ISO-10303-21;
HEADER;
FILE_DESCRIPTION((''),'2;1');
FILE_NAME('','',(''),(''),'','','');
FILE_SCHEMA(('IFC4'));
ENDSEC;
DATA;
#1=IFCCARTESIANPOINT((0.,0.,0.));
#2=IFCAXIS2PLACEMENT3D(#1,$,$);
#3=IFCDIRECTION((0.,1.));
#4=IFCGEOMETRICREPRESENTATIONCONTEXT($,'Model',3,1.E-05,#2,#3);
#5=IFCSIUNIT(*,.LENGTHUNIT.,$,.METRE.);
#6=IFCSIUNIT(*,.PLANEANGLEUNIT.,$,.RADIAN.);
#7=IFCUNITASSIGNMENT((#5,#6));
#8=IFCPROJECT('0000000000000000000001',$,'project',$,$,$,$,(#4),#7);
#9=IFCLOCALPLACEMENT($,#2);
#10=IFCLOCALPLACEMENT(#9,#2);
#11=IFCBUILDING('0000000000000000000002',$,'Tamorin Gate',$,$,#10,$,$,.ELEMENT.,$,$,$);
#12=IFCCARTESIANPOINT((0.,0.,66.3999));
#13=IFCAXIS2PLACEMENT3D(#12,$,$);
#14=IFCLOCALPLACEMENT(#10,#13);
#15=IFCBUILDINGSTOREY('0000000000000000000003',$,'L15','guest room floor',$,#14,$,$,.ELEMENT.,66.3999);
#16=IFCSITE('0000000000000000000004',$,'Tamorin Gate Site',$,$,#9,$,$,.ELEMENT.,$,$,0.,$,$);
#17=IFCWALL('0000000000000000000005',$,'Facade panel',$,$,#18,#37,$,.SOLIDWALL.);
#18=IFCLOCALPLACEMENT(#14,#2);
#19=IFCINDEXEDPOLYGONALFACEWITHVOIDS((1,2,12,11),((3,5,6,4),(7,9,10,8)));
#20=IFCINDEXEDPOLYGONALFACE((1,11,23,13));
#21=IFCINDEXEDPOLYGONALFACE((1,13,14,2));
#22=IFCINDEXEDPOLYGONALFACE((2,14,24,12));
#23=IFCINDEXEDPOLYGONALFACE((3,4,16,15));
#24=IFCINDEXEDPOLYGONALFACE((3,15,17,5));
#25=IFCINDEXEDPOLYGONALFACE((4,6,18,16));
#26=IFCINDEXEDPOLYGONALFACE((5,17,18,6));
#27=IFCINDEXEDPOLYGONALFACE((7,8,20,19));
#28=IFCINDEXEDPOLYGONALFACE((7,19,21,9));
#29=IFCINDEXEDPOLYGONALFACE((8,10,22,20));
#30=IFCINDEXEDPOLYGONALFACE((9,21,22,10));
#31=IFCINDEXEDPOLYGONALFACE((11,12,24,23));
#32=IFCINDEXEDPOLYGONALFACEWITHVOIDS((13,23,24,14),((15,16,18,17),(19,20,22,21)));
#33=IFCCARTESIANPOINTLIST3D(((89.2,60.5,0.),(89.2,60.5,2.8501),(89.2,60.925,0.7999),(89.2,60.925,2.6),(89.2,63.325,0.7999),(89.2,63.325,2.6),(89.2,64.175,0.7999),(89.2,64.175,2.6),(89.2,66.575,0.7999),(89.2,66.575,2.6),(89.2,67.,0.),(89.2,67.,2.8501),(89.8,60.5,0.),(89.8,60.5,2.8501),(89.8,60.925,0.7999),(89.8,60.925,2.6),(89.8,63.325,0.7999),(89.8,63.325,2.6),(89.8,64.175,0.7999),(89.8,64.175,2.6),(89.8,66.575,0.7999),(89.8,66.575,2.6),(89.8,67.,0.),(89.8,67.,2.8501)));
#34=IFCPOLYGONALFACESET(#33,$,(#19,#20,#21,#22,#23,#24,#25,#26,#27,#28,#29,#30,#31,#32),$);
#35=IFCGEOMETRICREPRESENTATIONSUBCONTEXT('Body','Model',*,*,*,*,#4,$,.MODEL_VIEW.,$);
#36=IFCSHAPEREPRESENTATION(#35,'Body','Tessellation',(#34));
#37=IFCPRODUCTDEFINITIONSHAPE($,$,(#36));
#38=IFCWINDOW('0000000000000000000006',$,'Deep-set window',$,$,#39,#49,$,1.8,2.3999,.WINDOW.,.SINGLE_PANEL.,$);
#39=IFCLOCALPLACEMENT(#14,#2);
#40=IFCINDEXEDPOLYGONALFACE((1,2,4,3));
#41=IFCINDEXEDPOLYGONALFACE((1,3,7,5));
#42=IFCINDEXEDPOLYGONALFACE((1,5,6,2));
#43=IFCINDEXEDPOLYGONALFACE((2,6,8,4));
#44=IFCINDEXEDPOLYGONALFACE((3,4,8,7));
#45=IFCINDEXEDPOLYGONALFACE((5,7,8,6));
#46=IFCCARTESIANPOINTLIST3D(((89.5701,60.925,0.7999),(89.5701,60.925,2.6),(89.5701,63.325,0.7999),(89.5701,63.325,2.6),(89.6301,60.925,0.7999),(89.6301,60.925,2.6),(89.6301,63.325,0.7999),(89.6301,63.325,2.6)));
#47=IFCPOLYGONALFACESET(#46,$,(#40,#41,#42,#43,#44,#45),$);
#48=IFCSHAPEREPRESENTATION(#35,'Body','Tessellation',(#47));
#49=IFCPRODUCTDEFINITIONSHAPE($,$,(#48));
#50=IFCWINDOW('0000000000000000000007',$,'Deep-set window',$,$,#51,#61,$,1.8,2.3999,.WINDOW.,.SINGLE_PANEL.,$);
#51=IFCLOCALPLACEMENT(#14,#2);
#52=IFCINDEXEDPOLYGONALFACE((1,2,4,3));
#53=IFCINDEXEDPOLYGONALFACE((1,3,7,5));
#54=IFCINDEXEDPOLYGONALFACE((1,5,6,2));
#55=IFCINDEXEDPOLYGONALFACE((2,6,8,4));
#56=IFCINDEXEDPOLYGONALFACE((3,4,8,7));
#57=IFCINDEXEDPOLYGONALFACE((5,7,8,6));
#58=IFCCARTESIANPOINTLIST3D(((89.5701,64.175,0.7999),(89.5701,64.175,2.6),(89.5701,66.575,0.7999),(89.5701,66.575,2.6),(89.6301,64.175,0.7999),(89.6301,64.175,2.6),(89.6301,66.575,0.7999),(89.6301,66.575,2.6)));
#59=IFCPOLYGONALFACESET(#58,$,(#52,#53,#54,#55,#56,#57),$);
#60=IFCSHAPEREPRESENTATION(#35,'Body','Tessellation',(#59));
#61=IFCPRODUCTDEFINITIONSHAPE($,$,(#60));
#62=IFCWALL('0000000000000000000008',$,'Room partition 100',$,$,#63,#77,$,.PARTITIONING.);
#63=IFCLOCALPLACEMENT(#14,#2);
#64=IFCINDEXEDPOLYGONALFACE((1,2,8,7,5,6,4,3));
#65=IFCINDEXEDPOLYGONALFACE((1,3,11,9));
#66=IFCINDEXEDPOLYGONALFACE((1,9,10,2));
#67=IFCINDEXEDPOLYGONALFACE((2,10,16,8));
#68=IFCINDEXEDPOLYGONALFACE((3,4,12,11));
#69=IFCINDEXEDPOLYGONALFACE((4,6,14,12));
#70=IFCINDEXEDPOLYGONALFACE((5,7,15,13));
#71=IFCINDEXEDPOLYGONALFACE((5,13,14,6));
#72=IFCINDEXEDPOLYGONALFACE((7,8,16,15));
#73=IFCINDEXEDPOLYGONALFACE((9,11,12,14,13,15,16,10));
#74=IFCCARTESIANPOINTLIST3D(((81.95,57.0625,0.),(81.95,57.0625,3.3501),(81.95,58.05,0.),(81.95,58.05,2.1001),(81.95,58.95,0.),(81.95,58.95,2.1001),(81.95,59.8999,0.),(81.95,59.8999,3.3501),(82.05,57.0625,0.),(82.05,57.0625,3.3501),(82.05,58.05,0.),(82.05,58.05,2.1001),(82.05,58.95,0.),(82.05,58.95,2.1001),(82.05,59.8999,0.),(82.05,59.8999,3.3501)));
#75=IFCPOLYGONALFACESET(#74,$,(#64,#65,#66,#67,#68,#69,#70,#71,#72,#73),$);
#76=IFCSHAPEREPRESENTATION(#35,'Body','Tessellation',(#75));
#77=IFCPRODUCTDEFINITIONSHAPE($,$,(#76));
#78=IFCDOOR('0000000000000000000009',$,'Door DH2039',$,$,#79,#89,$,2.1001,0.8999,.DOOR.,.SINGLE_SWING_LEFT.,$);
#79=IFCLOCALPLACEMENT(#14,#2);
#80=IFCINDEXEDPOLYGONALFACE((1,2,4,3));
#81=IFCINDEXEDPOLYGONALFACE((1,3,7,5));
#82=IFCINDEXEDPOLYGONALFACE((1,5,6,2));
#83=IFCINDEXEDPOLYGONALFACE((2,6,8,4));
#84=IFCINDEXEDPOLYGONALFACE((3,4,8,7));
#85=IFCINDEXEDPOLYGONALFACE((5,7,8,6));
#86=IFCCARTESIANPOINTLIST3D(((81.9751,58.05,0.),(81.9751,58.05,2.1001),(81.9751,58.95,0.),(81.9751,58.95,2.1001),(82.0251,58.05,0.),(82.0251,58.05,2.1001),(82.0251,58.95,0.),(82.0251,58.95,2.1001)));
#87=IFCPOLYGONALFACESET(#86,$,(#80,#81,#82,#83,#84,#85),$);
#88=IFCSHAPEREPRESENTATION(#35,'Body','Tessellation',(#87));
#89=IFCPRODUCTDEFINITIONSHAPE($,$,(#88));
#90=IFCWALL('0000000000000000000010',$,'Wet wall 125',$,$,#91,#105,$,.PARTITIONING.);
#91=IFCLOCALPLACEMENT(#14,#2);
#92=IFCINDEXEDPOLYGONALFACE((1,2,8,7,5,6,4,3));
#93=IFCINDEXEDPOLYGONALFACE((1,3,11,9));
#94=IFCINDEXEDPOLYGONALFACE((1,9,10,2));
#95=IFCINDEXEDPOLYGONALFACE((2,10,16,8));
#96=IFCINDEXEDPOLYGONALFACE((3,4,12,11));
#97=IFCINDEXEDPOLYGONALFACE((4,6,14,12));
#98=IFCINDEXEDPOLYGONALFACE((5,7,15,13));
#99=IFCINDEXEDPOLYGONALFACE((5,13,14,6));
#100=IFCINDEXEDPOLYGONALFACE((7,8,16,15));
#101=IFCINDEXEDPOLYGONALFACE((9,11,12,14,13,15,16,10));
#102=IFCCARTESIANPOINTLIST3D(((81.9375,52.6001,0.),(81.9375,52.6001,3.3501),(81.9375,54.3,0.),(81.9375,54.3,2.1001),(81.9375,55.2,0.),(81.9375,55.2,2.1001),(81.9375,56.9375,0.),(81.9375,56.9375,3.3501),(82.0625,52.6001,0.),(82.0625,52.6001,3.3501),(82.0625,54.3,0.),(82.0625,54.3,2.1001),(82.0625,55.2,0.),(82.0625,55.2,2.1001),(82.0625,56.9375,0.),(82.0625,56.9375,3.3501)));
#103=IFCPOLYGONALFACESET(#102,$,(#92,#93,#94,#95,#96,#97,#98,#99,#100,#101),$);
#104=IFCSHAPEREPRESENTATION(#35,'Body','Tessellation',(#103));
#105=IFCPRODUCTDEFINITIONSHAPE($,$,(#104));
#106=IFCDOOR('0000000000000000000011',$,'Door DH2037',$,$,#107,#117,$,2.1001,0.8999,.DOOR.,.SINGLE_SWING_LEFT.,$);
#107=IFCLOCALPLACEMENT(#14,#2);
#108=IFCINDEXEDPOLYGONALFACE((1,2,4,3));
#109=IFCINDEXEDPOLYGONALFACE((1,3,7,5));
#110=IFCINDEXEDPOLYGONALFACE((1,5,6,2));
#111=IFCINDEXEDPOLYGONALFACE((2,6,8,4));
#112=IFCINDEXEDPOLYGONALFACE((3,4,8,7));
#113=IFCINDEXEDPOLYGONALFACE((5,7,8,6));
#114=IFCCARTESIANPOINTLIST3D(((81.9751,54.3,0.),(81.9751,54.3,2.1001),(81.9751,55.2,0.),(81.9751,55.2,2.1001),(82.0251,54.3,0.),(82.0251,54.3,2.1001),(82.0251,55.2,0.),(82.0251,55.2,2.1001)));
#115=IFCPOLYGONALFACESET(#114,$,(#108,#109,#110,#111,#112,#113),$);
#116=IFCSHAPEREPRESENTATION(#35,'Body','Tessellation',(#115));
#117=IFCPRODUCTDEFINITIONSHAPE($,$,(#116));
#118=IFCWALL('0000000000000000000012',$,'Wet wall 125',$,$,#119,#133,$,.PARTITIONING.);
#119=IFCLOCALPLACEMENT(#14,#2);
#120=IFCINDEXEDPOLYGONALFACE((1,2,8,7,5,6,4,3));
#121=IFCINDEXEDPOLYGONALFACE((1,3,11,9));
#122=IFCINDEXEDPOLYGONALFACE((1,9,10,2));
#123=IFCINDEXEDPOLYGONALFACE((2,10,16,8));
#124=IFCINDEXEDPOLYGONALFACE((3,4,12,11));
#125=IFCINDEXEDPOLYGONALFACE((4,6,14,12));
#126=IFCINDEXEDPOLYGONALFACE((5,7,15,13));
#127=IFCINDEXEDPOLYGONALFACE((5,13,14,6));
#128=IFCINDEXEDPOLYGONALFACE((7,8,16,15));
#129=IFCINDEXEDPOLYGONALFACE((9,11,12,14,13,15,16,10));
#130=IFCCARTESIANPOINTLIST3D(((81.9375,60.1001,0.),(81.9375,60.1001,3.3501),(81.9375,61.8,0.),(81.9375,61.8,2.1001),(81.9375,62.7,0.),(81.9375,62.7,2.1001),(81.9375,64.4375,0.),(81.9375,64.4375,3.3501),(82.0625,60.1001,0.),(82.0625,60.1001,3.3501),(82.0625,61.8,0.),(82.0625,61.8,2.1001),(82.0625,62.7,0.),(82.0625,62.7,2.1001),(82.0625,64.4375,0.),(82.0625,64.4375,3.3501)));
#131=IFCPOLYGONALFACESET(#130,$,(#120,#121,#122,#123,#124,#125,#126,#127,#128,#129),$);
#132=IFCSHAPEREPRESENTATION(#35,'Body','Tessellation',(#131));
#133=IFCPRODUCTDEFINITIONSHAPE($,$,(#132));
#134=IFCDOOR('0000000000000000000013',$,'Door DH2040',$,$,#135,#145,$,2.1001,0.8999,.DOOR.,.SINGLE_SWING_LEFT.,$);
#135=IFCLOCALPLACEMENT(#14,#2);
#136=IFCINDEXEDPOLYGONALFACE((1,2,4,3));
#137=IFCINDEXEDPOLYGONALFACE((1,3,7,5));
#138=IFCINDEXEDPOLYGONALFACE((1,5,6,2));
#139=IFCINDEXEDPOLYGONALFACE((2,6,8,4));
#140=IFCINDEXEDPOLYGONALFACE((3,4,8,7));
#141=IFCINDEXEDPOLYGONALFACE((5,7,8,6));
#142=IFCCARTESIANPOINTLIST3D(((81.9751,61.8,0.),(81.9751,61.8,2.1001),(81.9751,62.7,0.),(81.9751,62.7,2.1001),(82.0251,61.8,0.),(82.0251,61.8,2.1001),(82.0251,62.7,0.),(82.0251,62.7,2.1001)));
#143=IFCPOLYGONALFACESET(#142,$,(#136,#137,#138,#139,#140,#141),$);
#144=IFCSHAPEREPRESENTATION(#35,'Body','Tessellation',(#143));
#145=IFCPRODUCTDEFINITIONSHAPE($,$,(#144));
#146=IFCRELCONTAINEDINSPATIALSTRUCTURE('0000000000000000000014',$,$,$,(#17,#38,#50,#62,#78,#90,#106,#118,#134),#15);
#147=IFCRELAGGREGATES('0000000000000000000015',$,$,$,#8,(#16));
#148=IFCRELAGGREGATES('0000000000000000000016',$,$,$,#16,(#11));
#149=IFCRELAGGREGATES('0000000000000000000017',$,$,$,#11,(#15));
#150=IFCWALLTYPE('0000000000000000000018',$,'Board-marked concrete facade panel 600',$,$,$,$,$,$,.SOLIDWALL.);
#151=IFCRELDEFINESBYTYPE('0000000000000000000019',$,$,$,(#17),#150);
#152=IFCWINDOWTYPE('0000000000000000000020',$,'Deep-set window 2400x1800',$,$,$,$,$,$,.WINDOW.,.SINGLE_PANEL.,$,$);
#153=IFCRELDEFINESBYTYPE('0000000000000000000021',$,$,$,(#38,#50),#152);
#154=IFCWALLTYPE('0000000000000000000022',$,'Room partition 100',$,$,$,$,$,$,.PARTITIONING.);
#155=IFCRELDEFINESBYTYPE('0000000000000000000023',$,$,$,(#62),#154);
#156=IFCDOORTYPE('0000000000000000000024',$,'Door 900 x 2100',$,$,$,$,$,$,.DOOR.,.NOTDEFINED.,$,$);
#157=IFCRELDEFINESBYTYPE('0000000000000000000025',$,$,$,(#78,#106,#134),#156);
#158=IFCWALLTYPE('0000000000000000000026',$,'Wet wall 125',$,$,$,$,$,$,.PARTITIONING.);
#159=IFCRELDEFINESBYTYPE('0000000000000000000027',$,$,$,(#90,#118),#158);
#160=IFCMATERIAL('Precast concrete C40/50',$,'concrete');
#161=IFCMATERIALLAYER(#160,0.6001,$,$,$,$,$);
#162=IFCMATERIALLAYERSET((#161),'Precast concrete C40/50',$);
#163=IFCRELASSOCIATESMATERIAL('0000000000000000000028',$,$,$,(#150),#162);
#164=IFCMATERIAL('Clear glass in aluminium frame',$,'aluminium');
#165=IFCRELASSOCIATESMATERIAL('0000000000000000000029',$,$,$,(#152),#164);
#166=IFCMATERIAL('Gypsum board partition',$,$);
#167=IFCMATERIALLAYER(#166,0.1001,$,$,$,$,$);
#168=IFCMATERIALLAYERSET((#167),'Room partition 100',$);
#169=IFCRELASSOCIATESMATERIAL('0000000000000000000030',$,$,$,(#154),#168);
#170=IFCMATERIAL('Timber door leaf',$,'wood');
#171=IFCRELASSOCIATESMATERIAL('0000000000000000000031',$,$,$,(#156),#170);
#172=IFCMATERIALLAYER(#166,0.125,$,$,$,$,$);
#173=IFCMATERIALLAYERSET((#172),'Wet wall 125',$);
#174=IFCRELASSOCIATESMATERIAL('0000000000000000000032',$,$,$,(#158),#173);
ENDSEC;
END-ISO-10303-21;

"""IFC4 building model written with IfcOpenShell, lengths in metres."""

from ifc_helpers import new_model, si_unit, direction, frame, frame_2d, origin, place, context, subcontext, project, spatial, rectangle, extrude, material, layer, layer_set, type_object, element, fill, save


model = new_model("IFC4")

# Units and contexts
model_context = context("Model", 3, precision=1e-05, world=origin(), true_north=direction((0.0, 1.0)))
body_context = subcontext(model_context, "Body", "Model", "MODEL_VIEW")
ifc_project = project(units=[si_unit("LENGTHUNIT", "METRE"), si_unit("PLANEANGLEUNIT", "RADIAN")], contexts=[model_context])

# Site, building, storey
site_placement = place(None, origin())
site = spatial("IfcSite", under=ifc_project, at=site_placement, Name="Tamorin Gate Site", CompositionType="ELEMENT", RefElevation=0.0)
building_placement = place(site_placement, origin())
building = spatial("IfcBuilding", under=site, at=building_placement, Name="Tamorin Gate", CompositionType="ELEMENT")
storey_placement = place(building_placement, frame((0.0, 0.0, 66.3999)))
storey = spatial("IfcBuildingStorey", under=building, at=storey_placement, Name="L15", Description="guest room floor", CompositionType="ELEMENT", Elevation=66.3999)

# Wall, openings, windows
ifc_material_1 = material(Name="Precast concrete C40/50", Category="concrete")
ifc_layer_1 = layer(ifc_material_1, 0.6001)
ifc_layer_set_1 = layer_set([ifc_layer_1], Name="Precast concrete C40/50")
wall_type_1 = type_object("IfcWallType", Name="Board-marked concrete facade panel 600", PredefinedType="SOLIDWALL", material=ifc_layer_set_1)
ifc_material_2 = material(Name="Clear glass in aluminium frame", Category="aluminium")
window_type = type_object("IfcWindowType", Name="Deep-set window 2400x1800", PartitioningType="SINGLE_PANEL", PredefinedType="WINDOW", material=ifc_material_2)
wall_1_placement = place(storey_placement, frame((89.5, 60.5, 0.0), z_axis=(0.0, 0.0, 1.0), x_axis=(0.0, 1.0, 0.0)))
wall_1 = element("IfcWall", 1, at=wall_1_placement, inside=storey, type_object=wall_type_1, Name="Facade panel", PredefinedType="SOLIDWALL", context=body_context, shape_type="SweptSolid", body=[
    extrude(rectangle(XDim=6.5, YDim=0.6001, at=frame_2d((3.25, 0.0))), origin(), (0.0, 0.0, 1.0), 2.8501),
])
opening_1_placement = place(wall_1_placement, frame((0.425, 0.0, 0.8)))
opening_1 = element("IfcOpeningElement", 2, at=opening_1_placement, cuts=wall_1, PredefinedType="OPENING", context=body_context, shape_type="SweptSolid", body=[
    extrude(rectangle(XDim=2.3999, YDim=1.8, at=frame_2d((1.2, 0.8999))), frame((0.0, 0.3101, 0.0), z_axis=(0.0, -1.0, 0.0), x_axis=(1.0, 0.0, 0.0)), (0.0, 0.0, 1.0), 0.6201),
])
opening_2_placement = place(wall_1_placement, frame((3.675, 0.0, 0.8)))
opening_2 = element("IfcOpeningElement", 3, at=opening_2_placement, cuts=wall_1, PredefinedType="OPENING", context=body_context, shape_type="SweptSolid", body=[
    extrude(rectangle(XDim=2.3999, YDim=1.8, at=frame_2d((1.2, 0.8999))), frame((0.0, 0.3101, 0.0), z_axis=(0.0, -1.0, 0.0), x_axis=(1.0, 0.0, 0.0)), (0.0, 0.0, 1.0), 0.6201),
])
window_1_placement = place(opening_1_placement, origin())
window_1 = element("IfcWindow", 4, at=window_1_placement, inside=storey, type_object=window_type, Name="Deep-set window", OverallHeight=1.8, OverallWidth=2.3999, PartitioningType="SINGLE_PANEL", PredefinedType="WINDOW", context=body_context, shape_type="SweptSolid", body=[
    extrude(rectangle(XDim=2.3999, YDim=1.8, at=frame_2d((1.2, 0.8999))), frame((0.0, -0.0701, 0.0), z_axis=(0.0, -1.0, 0.0), x_axis=(1.0, 0.0, 0.0)), (0.0, 0.0, 1.0), 0.0601),
])
fill(opening_1, window_1)
window_2_placement = place(opening_2_placement, origin())
window_2 = element("IfcWindow", 5, at=window_2_placement, inside=storey, type_object=window_type, Name="Deep-set window", OverallHeight=1.8, OverallWidth=2.3999, PartitioningType="SINGLE_PANEL", PredefinedType="WINDOW", context=body_context, shape_type="SweptSolid", body=[
    extrude(rectangle(XDim=2.3999, YDim=1.8, at=frame_2d((1.2, 0.8999))), frame((0.0, -0.0701, 0.0), z_axis=(0.0, -1.0, 0.0), x_axis=(1.0, 0.0, 0.0)), (0.0, 0.0, 1.0), 0.0601),
])
fill(opening_2, window_2)

# Walls, openings, doors
ifc_material_3 = material(Name="Gypsum board partition")
ifc_layer_2 = layer(ifc_material_3, 0.1001)
ifc_layer_set_2 = layer_set([ifc_layer_2], Name="Room partition 100")
wall_type_2 = type_object("IfcWallType", Name="Room partition 100", PredefinedType="PARTITIONING", material=ifc_layer_set_2)
wall_2_placement = place(storey_placement, frame((82.0, 57.0625, 0.0), z_axis=(0.0, 0.0, 1.0), x_axis=(0.0, 1.0, 0.0)))
wall_2 = element("IfcWall", 6, at=wall_2_placement, inside=storey, type_object=wall_type_2, Name="Room partition 100", PredefinedType="PARTITIONING", context=body_context, shape_type="SweptSolid", body=[
    extrude(rectangle(XDim=2.8374, YDim=0.1001, at=frame_2d((1.4187, 0.0))), origin(), (0.0, 0.0, 1.0), 3.3501),
])
opening_3_placement = place(wall_2_placement, frame((0.9875, 0.0, 0.0)))
opening_3 = element("IfcOpeningElement", 7, at=opening_3_placement, cuts=wall_2, PredefinedType="OPENING", context=body_context, shape_type="SweptSolid", body=[
    extrude(rectangle(XDim=0.8999, YDim=2.1001, at=frame_2d((0.45, 1.05))), frame((0.0, 0.0601, 0.0), z_axis=(0.0, -1.0, 0.0), x_axis=(1.0, 0.0, 0.0)), (0.0, 0.0, 1.0), 0.1201),
])
ifc_material_4 = material(Name="Timber door leaf", Category="wood")
door_type = type_object("IfcDoorType", Name="Door 900 x 2100", OperationType="NOTDEFINED", PredefinedType="DOOR", material=ifc_material_4)
door_1_placement = place(opening_3_placement, origin())
door_1 = element("IfcDoor", 8, at=door_1_placement, inside=storey, type_object=door_type, Name="Door DH2039", OperationType="SINGLE_SWING_LEFT", OverallHeight=2.1001, OverallWidth=0.8999, PredefinedType="DOOR", context=body_context, shape_type="SweptSolid", body=[
    extrude(rectangle(XDim=0.8999, YDim=2.1001, at=frame_2d((0.45, 1.05))), frame((0.0, 0.0249, 0.0), z_axis=(0.0, -1.0, 0.0), x_axis=(1.0, 0.0, 0.0)), (0.0, 0.0, 1.0), 0.05),
])
fill(opening_3, door_1)
ifc_layer_3 = layer(ifc_material_3, 0.125)
ifc_layer_set_3 = layer_set([ifc_layer_3], Name="Wet wall 125")
wall_type_3 = type_object("IfcWallType", Name="Wet wall 125", PredefinedType="PARTITIONING", material=ifc_layer_set_3)
wall_3_placement = place(storey_placement, frame((82.0, 52.6001, 0.0), z_axis=(0.0, 0.0, 1.0), x_axis=(0.0, 1.0, 0.0)))
wall_3 = element("IfcWall", 9, at=wall_3_placement, inside=storey, type_object=wall_type_3, Name="Wet wall 125", PredefinedType="PARTITIONING", context=body_context, shape_type="SweptSolid", body=[
    extrude(rectangle(XDim=4.3374, YDim=0.125, at=frame_2d((2.1687, 0.0))), origin(), (0.0, 0.0, 1.0), 3.3501),
])
opening_4_placement = place(wall_3_placement, frame((1.7, 0.0, 0.0)))
opening_4 = element("IfcOpeningElement", 10, at=opening_4_placement, cuts=wall_3, PredefinedType="OPENING", context=body_context, shape_type="SweptSolid", body=[
    extrude(rectangle(XDim=0.8999, YDim=2.1001, at=frame_2d((0.45, 1.05))), frame((0.0, 0.0725, 0.0), z_axis=(0.0, -1.0, 0.0), x_axis=(1.0, 0.0, 0.0)), (0.0, 0.0, 1.0), 0.145),
])
door_2_placement = place(opening_4_placement, origin())
door_2 = element("IfcDoor", 11, at=door_2_placement, inside=storey, type_object=door_type, Name="Door DH2037", OperationType="SINGLE_SWING_LEFT", OverallHeight=2.1001, OverallWidth=0.8999, PredefinedType="DOOR", context=body_context, shape_type="SweptSolid", body=[
    extrude(rectangle(XDim=0.8999, YDim=2.1001, at=frame_2d((0.45, 1.05))), frame((0.0, 0.0249, 0.0), z_axis=(0.0, -1.0, 0.0), x_axis=(1.0, 0.0, 0.0)), (0.0, 0.0, 1.0), 0.05),
])
fill(opening_4, door_2)
wall_4_placement = place(storey_placement, frame((82.0, 60.1001, 0.0), z_axis=(0.0, 0.0, 1.0), x_axis=(0.0, 1.0, 0.0)))
wall_4 = element("IfcWall", 12, at=wall_4_placement, inside=storey, type_object=wall_type_3, Name="Wet wall 125", PredefinedType="PARTITIONING", context=body_context, shape_type="SweptSolid", body=[
    extrude(rectangle(XDim=4.3374, YDim=0.125, at=frame_2d((2.1687, 0.0))), origin(), (0.0, 0.0, 1.0), 3.3501),
])
opening_5_placement = place(wall_4_placement, frame((1.7, 0.0, 0.0)))
opening_5 = element("IfcOpeningElement", 13, at=opening_5_placement, cuts=wall_4, PredefinedType="OPENING", context=body_context, shape_type="SweptSolid", body=[
    extrude(rectangle(XDim=0.8999, YDim=2.1001, at=frame_2d((0.45, 1.05))), frame((0.0, 0.0725, 0.0), z_axis=(0.0, -1.0, 0.0), x_axis=(1.0, 0.0, 0.0)), (0.0, 0.0, 1.0), 0.145),
])
door_3_placement = place(opening_5_placement, origin())
door_3 = element("IfcDoor", 14, at=door_3_placement, inside=storey, type_object=door_type, Name="Door DH2040", OperationType="SINGLE_SWING_LEFT", OverallHeight=2.1001, OverallWidth=0.8999, PredefinedType="DOOR", context=body_context, shape_type="SweptSolid", body=[
    extrude(rectangle(XDim=0.8999, YDim=2.1001, at=frame_2d((0.45, 1.05))), frame((0.0, 0.0249, 0.0), z_axis=(0.0, -1.0, 0.0), x_axis=(1.0, 0.0, 0.0)), (0.0, 0.0, 1.0), 0.05),
])
fill(opening_5, door_3)

save(model, "model.ifc")
